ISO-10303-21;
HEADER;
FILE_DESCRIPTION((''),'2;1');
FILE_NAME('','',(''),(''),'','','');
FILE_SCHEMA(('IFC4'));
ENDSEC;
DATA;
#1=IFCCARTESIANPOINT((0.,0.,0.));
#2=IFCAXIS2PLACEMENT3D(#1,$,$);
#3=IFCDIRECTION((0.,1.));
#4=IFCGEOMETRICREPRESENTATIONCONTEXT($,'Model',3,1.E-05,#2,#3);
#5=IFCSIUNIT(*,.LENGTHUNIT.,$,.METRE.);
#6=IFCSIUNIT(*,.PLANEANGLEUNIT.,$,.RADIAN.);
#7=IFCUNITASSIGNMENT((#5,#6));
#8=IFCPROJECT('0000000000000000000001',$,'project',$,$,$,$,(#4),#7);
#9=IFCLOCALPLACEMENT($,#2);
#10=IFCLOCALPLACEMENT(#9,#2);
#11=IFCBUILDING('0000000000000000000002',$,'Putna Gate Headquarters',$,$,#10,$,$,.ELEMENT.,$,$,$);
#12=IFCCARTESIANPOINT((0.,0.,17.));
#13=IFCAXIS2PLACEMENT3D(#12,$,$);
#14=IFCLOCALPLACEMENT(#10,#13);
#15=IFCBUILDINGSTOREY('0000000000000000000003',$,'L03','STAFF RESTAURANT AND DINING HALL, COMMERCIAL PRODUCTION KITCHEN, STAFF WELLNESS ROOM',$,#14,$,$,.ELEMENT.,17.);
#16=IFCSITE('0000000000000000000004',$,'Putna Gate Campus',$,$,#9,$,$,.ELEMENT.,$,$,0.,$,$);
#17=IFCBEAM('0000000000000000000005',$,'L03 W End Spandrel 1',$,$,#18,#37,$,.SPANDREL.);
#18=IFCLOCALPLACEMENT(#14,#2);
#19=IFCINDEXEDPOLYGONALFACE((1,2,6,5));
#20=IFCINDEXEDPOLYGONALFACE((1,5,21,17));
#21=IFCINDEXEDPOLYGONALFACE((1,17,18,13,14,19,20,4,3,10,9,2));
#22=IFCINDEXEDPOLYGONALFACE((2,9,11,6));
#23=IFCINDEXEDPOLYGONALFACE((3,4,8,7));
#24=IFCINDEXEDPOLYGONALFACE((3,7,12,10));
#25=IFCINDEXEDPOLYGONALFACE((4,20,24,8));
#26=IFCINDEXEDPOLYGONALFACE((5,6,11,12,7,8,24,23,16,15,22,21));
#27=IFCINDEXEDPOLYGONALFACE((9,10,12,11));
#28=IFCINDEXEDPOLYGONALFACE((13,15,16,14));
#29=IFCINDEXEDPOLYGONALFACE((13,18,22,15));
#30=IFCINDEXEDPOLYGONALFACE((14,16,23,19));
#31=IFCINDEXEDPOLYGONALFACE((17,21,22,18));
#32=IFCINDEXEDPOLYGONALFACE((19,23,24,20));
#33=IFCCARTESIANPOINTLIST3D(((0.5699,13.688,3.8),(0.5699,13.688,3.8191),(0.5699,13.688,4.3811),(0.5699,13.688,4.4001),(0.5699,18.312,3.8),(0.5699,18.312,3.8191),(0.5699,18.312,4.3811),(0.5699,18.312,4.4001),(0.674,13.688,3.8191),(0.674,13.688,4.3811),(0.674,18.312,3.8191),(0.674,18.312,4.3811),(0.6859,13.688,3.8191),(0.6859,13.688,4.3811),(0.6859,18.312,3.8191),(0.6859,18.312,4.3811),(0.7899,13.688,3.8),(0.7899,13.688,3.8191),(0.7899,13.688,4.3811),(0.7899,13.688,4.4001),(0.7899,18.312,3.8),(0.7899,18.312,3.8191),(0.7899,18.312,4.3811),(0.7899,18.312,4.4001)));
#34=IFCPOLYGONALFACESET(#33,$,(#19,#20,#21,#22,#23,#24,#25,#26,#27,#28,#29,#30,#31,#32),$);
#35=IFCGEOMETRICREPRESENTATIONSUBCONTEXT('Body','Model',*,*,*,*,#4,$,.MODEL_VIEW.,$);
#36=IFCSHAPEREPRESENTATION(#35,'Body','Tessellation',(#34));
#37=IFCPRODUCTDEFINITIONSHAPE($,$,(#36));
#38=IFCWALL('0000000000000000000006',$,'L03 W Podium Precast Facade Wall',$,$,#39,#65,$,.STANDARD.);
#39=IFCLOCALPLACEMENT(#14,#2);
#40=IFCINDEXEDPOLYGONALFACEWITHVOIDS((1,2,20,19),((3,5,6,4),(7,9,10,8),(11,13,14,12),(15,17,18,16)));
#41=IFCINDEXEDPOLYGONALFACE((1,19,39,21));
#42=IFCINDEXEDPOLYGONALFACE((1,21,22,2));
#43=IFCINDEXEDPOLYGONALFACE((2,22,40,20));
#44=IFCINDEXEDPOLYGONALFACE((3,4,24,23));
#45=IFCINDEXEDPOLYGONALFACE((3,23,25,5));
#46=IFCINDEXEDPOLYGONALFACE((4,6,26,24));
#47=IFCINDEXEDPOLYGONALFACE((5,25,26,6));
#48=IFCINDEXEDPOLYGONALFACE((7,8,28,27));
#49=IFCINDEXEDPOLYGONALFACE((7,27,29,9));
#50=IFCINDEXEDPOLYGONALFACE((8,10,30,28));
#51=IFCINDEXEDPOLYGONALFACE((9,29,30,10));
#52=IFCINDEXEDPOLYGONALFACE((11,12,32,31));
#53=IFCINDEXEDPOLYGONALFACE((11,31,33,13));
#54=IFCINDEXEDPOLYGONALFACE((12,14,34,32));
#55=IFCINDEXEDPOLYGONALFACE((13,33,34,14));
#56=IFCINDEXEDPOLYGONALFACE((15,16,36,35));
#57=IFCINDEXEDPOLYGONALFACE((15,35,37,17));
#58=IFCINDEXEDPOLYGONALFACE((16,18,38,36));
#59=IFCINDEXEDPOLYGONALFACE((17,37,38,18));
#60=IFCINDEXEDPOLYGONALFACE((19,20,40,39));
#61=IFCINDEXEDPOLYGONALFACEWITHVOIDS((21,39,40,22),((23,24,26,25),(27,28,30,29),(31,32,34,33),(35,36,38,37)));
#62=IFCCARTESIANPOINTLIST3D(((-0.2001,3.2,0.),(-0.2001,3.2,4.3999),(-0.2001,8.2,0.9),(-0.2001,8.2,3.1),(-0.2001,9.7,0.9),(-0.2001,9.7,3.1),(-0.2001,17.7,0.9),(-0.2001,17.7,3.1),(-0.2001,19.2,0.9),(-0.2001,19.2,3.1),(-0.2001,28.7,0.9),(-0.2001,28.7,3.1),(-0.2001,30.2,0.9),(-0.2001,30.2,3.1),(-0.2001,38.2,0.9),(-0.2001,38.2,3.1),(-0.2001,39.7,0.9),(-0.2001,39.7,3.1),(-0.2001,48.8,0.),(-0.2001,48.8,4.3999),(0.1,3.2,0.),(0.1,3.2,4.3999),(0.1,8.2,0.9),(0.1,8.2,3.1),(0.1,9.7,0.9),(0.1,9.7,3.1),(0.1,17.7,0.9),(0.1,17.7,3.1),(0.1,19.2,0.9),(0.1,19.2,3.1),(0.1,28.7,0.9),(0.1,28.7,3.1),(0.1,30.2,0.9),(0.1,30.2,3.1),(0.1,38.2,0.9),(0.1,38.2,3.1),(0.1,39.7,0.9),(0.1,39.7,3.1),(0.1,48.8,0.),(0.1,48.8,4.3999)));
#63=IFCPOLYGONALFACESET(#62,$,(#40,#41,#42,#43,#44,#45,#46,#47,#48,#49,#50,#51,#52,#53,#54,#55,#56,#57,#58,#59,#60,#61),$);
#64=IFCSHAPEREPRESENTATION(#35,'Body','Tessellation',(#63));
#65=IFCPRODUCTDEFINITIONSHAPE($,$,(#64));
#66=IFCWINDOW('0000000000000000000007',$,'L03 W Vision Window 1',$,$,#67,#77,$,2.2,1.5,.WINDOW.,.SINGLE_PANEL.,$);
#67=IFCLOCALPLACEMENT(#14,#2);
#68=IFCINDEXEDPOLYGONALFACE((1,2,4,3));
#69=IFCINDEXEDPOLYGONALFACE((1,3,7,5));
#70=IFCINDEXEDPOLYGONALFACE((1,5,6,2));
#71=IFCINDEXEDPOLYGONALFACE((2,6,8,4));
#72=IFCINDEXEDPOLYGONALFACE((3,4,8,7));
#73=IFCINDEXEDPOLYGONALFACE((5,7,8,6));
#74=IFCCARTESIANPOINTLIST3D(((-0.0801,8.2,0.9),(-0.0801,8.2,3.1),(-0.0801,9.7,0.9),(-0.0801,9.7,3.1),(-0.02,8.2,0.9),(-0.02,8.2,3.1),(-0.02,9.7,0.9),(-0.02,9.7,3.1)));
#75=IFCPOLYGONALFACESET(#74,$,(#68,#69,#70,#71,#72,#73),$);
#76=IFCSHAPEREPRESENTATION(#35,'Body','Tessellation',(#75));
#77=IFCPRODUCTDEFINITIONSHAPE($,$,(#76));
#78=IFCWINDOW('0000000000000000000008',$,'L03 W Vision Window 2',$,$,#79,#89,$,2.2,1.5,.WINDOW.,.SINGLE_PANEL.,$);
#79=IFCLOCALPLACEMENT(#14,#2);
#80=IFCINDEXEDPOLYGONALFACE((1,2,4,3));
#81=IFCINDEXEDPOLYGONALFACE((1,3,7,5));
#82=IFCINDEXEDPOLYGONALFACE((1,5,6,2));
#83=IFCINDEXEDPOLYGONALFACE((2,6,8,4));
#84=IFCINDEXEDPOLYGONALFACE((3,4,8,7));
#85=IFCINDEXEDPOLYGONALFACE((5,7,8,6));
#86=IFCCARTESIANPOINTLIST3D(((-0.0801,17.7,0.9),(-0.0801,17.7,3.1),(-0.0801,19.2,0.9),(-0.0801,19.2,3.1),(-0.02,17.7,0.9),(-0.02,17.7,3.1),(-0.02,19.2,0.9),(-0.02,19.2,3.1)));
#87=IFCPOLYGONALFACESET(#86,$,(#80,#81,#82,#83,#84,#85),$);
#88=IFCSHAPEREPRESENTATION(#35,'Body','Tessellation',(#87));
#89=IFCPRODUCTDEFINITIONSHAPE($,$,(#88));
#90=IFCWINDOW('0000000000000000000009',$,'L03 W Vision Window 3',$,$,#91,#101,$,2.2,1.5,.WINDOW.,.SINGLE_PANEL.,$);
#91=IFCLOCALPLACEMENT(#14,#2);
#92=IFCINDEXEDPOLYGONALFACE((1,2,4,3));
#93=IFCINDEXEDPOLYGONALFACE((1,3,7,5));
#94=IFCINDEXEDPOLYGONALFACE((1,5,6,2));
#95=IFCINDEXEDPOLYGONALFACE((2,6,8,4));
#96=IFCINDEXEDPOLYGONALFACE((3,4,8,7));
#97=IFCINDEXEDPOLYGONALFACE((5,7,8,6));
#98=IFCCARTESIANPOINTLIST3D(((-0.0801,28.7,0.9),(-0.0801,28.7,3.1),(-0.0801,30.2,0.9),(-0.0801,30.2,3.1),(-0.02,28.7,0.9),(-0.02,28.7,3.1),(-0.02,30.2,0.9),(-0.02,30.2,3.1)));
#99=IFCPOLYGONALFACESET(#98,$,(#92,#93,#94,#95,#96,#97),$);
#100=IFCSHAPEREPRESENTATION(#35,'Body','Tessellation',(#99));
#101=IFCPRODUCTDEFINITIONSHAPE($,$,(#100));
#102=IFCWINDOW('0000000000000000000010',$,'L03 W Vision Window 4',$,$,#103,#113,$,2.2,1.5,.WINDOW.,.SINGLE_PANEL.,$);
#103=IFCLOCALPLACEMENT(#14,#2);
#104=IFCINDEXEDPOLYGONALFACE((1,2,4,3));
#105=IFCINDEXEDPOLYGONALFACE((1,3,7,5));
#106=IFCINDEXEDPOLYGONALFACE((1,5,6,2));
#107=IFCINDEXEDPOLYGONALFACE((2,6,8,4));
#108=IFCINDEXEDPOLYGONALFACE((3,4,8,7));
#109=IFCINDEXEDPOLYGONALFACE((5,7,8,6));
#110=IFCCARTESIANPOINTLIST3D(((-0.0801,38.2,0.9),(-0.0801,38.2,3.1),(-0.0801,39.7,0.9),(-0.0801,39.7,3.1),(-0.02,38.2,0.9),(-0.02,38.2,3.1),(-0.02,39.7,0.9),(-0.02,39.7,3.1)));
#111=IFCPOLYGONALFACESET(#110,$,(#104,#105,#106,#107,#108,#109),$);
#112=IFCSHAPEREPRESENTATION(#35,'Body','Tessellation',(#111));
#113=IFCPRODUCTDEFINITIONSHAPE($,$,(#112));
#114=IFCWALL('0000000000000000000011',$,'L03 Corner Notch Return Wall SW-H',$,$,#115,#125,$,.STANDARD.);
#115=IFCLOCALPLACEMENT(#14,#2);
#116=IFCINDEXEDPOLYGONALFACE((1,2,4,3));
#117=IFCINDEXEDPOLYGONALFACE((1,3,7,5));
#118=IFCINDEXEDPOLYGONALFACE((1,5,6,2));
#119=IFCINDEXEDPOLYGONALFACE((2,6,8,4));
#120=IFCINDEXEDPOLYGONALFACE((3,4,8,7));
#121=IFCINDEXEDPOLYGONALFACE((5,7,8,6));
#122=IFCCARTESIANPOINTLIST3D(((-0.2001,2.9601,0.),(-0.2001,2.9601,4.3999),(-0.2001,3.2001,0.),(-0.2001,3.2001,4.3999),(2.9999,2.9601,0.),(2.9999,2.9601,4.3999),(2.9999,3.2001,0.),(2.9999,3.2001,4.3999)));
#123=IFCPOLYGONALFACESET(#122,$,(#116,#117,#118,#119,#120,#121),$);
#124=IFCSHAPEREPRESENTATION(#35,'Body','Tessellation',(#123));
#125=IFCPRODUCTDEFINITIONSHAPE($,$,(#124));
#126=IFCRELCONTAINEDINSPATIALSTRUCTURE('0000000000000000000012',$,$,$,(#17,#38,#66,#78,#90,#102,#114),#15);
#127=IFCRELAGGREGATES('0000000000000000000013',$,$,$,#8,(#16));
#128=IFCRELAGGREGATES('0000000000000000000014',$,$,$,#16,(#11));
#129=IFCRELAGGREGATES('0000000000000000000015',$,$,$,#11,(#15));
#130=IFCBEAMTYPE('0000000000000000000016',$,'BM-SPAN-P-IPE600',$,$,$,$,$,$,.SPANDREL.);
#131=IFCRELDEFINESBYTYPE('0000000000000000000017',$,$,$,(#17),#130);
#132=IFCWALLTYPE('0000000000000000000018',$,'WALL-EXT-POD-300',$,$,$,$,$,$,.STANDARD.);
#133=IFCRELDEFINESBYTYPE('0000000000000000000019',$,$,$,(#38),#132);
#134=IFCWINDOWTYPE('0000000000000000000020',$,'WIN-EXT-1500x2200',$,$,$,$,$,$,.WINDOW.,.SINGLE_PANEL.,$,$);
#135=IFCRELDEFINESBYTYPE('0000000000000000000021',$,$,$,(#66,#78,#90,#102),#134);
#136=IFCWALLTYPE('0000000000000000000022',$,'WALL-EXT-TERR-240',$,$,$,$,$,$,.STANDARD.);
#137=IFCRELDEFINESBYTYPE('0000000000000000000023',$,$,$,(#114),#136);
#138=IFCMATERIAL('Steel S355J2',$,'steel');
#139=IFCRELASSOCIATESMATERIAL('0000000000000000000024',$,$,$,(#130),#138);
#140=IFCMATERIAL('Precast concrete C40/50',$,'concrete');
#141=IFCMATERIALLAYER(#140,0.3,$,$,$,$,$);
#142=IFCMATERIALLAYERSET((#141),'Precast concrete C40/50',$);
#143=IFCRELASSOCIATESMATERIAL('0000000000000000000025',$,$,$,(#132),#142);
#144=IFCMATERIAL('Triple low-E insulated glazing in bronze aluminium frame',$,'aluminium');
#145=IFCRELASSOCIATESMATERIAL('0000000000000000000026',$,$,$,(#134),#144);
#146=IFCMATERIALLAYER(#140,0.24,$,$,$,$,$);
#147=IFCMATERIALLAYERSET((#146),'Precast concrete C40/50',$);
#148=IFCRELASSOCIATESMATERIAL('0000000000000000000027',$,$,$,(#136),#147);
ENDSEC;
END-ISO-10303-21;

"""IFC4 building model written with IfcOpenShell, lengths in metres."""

from ifc_helpers import new_model, si_unit, direction, frame, frame_2d, origin, origin_2d, place, context, subcontext, project, spatial, rectangle, i_section, extrude, material, layer, layer_set, material_profile, profile_set, type_object, element, fill, save


model = new_model("IFC4")

# Units and contexts
model_context = context("Model", 3, precision=1e-05, world=origin(), true_north=direction((0.0, 1.0)))
body_context = subcontext(model_context, "Body", "Model", "MODEL_VIEW")
ifc_project = project(units=[si_unit("LENGTHUNIT", "METRE"), si_unit("PLANEANGLEUNIT", "RADIAN")], contexts=[model_context])

# Site, building, storey
site_placement = place(None, origin())
site = spatial("IfcSite", under=ifc_project, at=site_placement, Name="Putna Gate Campus", CompositionType="ELEMENT", RefElevation=0.0)
building_placement = place(site_placement, origin())
building = spatial("IfcBuilding", under=site, at=building_placement, Name="Putna Gate Headquarters", CompositionType="ELEMENT")
storey_placement = place(building_placement, frame((0.0, 0.0, 17.0)))
storey = spatial("IfcBuildingStorey", under=building, at=storey_placement, Name="L03", Description="STAFF RESTAURANT AND DINING HALL, COMMERCIAL PRODUCTION KITCHEN, STAFF WELLNESS ROOM", CompositionType="ELEMENT", Elevation=17.0)

# Beam
ifc_material_1 = material(Name="Steel S355J2", Category="steel")
ifc_material_profile_1 = material_profile(ifc_material_1, i_section(OverallWidth=0.22, OverallDepth=0.6001, WebThickness=0.012, FlangeThickness=0.019, at=origin_2d()), Name="Steel S355J2")
ifc_profile_set_1 = profile_set([ifc_material_profile_1], Name="Steel S355J2")
beam_type_1 = type_object("IfcBeamType", Name="BM-SPAN-P-IPE600", PredefinedType="SPANDREL", material=ifc_profile_set_1)
beam_placement = place(storey_placement, frame((0.6799, 13.688, 4.1001), z_axis=(0.0, 1.0, 0.0), x_axis=(-1.0, 0.0, 0.0)))
element("IfcBeam", 1, at=beam_placement, inside=storey, type_object=beam_type_1, Name="L03 W End Spandrel 1", PredefinedType="SPANDREL", context=body_context, shape_type="SweptSolid", body=[
    extrude(i_section(OverallWidth=0.22, OverallDepth=0.6001, WebThickness=0.012, FlangeThickness=0.019, at=origin_2d()), origin(), (0.0, 0.0, 1.0), 4.624),
])

# Wall, openings, windows
ifc_material_2 = material(Name="Precast concrete C40/50", Category="concrete")
ifc_layer_1 = layer(ifc_material_2, 0.3)
ifc_layer_set_1 = layer_set([ifc_layer_1], Name="Precast concrete C40/50")
wall_type_1 = type_object("IfcWallType", Name="WALL-EXT-POD-300", PredefinedType="STANDARD", material=ifc_layer_set_1)
wall_1_placement = place(storey_placement, frame((-0.05, 3.2, 0.0), z_axis=(0.0, 0.0, 1.0), x_axis=(0.0, 1.0, 0.0)))
wall_1 = element("IfcWall", 2, at=wall_1_placement, inside=storey, type_object=wall_type_1, Name="L03 W Podium Precast Facade Wall", PredefinedType="STANDARD", context=body_context, shape_type="SweptSolid", body=[
    extrude(rectangle(XDim=45.6001, YDim=0.3, at=frame_2d((22.8, 0.0))), origin(), (0.0, 0.0, 1.0), 4.3999),
])
opening_1_placement = place(wall_1_placement, frame((5.0, 0.0, 0.8999)))
opening_1 = element("IfcOpeningElement", 3, at=opening_1_placement, cuts=wall_1, PredefinedType="OPENING", context=body_context, shape_type="SweptSolid", body=[
    extrude(rectangle(XDim=1.5, YDim=2.2, at=frame_2d((0.75, 1.1001))), frame((0.0, 0.1599, 0.0), z_axis=(0.0, -1.0, 0.0), x_axis=(1.0, 0.0, 0.0)), (0.0, 0.0, 1.0), 0.3201),
])
opening_2_placement = place(wall_1_placement, frame((14.5, 0.0, 0.8999)))
opening_2 = element("IfcOpeningElement", 4, at=opening_2_placement, cuts=wall_1, PredefinedType="OPENING", context=body_context, shape_type="SweptSolid", body=[
    extrude(rectangle(XDim=1.5, YDim=2.2, at=frame_2d((0.75, 1.1001))), frame((0.0, 0.1599, 0.0), z_axis=(0.0, -1.0, 0.0), x_axis=(1.0, 0.0, 0.0)), (0.0, 0.0, 1.0), 0.3201),
])
opening_3_placement = place(wall_1_placement, frame((25.5, 0.0, 0.8999)))
opening_3 = element("IfcOpeningElement", 5, at=opening_3_placement, cuts=wall_1, PredefinedType="OPENING", context=body_context, shape_type="SweptSolid", body=[
    extrude(rectangle(XDim=1.5, YDim=2.2, at=frame_2d((0.75, 1.1001))), frame((0.0, 0.1599, 0.0), z_axis=(0.0, -1.0, 0.0), x_axis=(1.0, 0.0, 0.0)), (0.0, 0.0, 1.0), 0.3201),
])
opening_4_placement = place(wall_1_placement, frame((35.0, 0.0, 0.8999)))
opening_4 = element("IfcOpeningElement", 6, at=opening_4_placement, cuts=wall_1, PredefinedType="OPENING", context=body_context, shape_type="SweptSolid", body=[
    extrude(rectangle(XDim=1.5, YDim=2.2, at=frame_2d((0.75, 1.1001))), frame((0.0, 0.1599, 0.0), z_axis=(0.0, -1.0, 0.0), x_axis=(1.0, 0.0, 0.0)), (0.0, 0.0, 1.0), 0.3201),
])
ifc_material_3 = material(Name="Triple low-E insulated glazing in bronze aluminium frame", Category="aluminium")
window_type = type_object("IfcWindowType", Name="WIN-EXT-1500x2200", PartitioningType="SINGLE_PANEL", PredefinedType="WINDOW", material=ifc_material_3)
window_1_placement = place(opening_1_placement, origin())
window_1 = element("IfcWindow", 7, at=window_1_placement, inside=storey, type_object=window_type, Name="L03 W Vision Window 1", OverallHeight=2.2, OverallWidth=1.5, PartitioningType="SINGLE_PANEL", PredefinedType="WINDOW", context=body_context, shape_type="SweptSolid", body=[
    extrude(rectangle(XDim=1.5, YDim=2.2, at=frame_2d((0.75, 1.1001))), frame((0.0, 0.03, 0.0), z_axis=(0.0, -1.0, 0.0), x_axis=(1.0, 0.0, 0.0)), (0.0, 0.0, 1.0), 0.0601),
])
fill(opening_1, window_1)
window_2_placement = place(opening_2_placement, origin())
window_2 = element("IfcWindow", 8, at=window_2_placement, inside=storey, type_object=window_type, Name="L03 W Vision Window 2", OverallHeight=2.2, OverallWidth=1.5, PartitioningType="SINGLE_PANEL", PredefinedType="WINDOW", context=body_context, shape_type="SweptSolid", body=[
    extrude(rectangle(XDim=1.5, YDim=2.2, at=frame_2d((0.75, 1.1001))), frame((0.0, 0.03, 0.0), z_axis=(0.0, -1.0, 0.0), x_axis=(1.0, 0.0, 0.0)), (0.0, 0.0, 1.0), 0.0601),
])
fill(opening_2, window_2)
window_3_placement = place(opening_3_placement, origin())
window_3 = element("IfcWindow", 9, at=window_3_placement, inside=storey, type_object=window_type, Name="L03 W Vision Window 3", OverallHeight=2.2, OverallWidth=1.5, PartitioningType="SINGLE_PANEL", PredefinedType="WINDOW", context=body_context, shape_type="SweptSolid", body=[
    extrude(rectangle(XDim=1.5, YDim=2.2, at=frame_2d((0.75, 1.1001))), frame((0.0, 0.03, 0.0), z_axis=(0.0, -1.0, 0.0), x_axis=(1.0, 0.0, 0.0)), (0.0, 0.0, 1.0), 0.0601),
])
fill(opening_3, window_3)
window_4_placement = place(opening_4_placement, origin())
window_4 = element("IfcWindow", 10, at=window_4_placement, inside=storey, type_object=window_type, Name="L03 W Vision Window 4", OverallHeight=2.2, OverallWidth=1.5, PartitioningType="SINGLE_PANEL", PredefinedType="WINDOW", context=body_context, shape_type="SweptSolid", body=[
    extrude(rectangle(XDim=1.5, YDim=2.2, at=frame_2d((0.75, 1.1001))), frame((0.0, 0.03, 0.0), z_axis=(0.0, -1.0, 0.0), x_axis=(1.0, 0.0, 0.0)), (0.0, 0.0, 1.0), 0.0601),
])
fill(opening_4, window_4)

# Wall
ifc_layer_2 = layer(ifc_material_2, 0.24)
ifc_layer_set_2 = layer_set([ifc_layer_2], Name="Precast concrete C40/50")
wall_type_2 = type_object("IfcWallType", Name="WALL-EXT-TERR-240", PredefinedType="STANDARD", material=ifc_layer_set_2)
wall_2_placement = place(storey_placement, frame((3.0, 3.0801, 0.0), z_axis=(0.0, 0.0, 1.0), x_axis=(-1.0, 0.0, 0.0)))
element("IfcWall", 11, at=wall_2_placement, inside=storey, type_object=wall_type_2, Name="L03 Corner Notch Return Wall SW-H", PredefinedType="STANDARD", context=body_context, shape_type="SweptSolid", body=[
    extrude(rectangle(XDim=3.2, YDim=0.24, at=frame_2d((1.6001, 0.0))), origin(), (0.0, 0.0, 1.0), 4.3999),
])

save(model, "model.ifc")
